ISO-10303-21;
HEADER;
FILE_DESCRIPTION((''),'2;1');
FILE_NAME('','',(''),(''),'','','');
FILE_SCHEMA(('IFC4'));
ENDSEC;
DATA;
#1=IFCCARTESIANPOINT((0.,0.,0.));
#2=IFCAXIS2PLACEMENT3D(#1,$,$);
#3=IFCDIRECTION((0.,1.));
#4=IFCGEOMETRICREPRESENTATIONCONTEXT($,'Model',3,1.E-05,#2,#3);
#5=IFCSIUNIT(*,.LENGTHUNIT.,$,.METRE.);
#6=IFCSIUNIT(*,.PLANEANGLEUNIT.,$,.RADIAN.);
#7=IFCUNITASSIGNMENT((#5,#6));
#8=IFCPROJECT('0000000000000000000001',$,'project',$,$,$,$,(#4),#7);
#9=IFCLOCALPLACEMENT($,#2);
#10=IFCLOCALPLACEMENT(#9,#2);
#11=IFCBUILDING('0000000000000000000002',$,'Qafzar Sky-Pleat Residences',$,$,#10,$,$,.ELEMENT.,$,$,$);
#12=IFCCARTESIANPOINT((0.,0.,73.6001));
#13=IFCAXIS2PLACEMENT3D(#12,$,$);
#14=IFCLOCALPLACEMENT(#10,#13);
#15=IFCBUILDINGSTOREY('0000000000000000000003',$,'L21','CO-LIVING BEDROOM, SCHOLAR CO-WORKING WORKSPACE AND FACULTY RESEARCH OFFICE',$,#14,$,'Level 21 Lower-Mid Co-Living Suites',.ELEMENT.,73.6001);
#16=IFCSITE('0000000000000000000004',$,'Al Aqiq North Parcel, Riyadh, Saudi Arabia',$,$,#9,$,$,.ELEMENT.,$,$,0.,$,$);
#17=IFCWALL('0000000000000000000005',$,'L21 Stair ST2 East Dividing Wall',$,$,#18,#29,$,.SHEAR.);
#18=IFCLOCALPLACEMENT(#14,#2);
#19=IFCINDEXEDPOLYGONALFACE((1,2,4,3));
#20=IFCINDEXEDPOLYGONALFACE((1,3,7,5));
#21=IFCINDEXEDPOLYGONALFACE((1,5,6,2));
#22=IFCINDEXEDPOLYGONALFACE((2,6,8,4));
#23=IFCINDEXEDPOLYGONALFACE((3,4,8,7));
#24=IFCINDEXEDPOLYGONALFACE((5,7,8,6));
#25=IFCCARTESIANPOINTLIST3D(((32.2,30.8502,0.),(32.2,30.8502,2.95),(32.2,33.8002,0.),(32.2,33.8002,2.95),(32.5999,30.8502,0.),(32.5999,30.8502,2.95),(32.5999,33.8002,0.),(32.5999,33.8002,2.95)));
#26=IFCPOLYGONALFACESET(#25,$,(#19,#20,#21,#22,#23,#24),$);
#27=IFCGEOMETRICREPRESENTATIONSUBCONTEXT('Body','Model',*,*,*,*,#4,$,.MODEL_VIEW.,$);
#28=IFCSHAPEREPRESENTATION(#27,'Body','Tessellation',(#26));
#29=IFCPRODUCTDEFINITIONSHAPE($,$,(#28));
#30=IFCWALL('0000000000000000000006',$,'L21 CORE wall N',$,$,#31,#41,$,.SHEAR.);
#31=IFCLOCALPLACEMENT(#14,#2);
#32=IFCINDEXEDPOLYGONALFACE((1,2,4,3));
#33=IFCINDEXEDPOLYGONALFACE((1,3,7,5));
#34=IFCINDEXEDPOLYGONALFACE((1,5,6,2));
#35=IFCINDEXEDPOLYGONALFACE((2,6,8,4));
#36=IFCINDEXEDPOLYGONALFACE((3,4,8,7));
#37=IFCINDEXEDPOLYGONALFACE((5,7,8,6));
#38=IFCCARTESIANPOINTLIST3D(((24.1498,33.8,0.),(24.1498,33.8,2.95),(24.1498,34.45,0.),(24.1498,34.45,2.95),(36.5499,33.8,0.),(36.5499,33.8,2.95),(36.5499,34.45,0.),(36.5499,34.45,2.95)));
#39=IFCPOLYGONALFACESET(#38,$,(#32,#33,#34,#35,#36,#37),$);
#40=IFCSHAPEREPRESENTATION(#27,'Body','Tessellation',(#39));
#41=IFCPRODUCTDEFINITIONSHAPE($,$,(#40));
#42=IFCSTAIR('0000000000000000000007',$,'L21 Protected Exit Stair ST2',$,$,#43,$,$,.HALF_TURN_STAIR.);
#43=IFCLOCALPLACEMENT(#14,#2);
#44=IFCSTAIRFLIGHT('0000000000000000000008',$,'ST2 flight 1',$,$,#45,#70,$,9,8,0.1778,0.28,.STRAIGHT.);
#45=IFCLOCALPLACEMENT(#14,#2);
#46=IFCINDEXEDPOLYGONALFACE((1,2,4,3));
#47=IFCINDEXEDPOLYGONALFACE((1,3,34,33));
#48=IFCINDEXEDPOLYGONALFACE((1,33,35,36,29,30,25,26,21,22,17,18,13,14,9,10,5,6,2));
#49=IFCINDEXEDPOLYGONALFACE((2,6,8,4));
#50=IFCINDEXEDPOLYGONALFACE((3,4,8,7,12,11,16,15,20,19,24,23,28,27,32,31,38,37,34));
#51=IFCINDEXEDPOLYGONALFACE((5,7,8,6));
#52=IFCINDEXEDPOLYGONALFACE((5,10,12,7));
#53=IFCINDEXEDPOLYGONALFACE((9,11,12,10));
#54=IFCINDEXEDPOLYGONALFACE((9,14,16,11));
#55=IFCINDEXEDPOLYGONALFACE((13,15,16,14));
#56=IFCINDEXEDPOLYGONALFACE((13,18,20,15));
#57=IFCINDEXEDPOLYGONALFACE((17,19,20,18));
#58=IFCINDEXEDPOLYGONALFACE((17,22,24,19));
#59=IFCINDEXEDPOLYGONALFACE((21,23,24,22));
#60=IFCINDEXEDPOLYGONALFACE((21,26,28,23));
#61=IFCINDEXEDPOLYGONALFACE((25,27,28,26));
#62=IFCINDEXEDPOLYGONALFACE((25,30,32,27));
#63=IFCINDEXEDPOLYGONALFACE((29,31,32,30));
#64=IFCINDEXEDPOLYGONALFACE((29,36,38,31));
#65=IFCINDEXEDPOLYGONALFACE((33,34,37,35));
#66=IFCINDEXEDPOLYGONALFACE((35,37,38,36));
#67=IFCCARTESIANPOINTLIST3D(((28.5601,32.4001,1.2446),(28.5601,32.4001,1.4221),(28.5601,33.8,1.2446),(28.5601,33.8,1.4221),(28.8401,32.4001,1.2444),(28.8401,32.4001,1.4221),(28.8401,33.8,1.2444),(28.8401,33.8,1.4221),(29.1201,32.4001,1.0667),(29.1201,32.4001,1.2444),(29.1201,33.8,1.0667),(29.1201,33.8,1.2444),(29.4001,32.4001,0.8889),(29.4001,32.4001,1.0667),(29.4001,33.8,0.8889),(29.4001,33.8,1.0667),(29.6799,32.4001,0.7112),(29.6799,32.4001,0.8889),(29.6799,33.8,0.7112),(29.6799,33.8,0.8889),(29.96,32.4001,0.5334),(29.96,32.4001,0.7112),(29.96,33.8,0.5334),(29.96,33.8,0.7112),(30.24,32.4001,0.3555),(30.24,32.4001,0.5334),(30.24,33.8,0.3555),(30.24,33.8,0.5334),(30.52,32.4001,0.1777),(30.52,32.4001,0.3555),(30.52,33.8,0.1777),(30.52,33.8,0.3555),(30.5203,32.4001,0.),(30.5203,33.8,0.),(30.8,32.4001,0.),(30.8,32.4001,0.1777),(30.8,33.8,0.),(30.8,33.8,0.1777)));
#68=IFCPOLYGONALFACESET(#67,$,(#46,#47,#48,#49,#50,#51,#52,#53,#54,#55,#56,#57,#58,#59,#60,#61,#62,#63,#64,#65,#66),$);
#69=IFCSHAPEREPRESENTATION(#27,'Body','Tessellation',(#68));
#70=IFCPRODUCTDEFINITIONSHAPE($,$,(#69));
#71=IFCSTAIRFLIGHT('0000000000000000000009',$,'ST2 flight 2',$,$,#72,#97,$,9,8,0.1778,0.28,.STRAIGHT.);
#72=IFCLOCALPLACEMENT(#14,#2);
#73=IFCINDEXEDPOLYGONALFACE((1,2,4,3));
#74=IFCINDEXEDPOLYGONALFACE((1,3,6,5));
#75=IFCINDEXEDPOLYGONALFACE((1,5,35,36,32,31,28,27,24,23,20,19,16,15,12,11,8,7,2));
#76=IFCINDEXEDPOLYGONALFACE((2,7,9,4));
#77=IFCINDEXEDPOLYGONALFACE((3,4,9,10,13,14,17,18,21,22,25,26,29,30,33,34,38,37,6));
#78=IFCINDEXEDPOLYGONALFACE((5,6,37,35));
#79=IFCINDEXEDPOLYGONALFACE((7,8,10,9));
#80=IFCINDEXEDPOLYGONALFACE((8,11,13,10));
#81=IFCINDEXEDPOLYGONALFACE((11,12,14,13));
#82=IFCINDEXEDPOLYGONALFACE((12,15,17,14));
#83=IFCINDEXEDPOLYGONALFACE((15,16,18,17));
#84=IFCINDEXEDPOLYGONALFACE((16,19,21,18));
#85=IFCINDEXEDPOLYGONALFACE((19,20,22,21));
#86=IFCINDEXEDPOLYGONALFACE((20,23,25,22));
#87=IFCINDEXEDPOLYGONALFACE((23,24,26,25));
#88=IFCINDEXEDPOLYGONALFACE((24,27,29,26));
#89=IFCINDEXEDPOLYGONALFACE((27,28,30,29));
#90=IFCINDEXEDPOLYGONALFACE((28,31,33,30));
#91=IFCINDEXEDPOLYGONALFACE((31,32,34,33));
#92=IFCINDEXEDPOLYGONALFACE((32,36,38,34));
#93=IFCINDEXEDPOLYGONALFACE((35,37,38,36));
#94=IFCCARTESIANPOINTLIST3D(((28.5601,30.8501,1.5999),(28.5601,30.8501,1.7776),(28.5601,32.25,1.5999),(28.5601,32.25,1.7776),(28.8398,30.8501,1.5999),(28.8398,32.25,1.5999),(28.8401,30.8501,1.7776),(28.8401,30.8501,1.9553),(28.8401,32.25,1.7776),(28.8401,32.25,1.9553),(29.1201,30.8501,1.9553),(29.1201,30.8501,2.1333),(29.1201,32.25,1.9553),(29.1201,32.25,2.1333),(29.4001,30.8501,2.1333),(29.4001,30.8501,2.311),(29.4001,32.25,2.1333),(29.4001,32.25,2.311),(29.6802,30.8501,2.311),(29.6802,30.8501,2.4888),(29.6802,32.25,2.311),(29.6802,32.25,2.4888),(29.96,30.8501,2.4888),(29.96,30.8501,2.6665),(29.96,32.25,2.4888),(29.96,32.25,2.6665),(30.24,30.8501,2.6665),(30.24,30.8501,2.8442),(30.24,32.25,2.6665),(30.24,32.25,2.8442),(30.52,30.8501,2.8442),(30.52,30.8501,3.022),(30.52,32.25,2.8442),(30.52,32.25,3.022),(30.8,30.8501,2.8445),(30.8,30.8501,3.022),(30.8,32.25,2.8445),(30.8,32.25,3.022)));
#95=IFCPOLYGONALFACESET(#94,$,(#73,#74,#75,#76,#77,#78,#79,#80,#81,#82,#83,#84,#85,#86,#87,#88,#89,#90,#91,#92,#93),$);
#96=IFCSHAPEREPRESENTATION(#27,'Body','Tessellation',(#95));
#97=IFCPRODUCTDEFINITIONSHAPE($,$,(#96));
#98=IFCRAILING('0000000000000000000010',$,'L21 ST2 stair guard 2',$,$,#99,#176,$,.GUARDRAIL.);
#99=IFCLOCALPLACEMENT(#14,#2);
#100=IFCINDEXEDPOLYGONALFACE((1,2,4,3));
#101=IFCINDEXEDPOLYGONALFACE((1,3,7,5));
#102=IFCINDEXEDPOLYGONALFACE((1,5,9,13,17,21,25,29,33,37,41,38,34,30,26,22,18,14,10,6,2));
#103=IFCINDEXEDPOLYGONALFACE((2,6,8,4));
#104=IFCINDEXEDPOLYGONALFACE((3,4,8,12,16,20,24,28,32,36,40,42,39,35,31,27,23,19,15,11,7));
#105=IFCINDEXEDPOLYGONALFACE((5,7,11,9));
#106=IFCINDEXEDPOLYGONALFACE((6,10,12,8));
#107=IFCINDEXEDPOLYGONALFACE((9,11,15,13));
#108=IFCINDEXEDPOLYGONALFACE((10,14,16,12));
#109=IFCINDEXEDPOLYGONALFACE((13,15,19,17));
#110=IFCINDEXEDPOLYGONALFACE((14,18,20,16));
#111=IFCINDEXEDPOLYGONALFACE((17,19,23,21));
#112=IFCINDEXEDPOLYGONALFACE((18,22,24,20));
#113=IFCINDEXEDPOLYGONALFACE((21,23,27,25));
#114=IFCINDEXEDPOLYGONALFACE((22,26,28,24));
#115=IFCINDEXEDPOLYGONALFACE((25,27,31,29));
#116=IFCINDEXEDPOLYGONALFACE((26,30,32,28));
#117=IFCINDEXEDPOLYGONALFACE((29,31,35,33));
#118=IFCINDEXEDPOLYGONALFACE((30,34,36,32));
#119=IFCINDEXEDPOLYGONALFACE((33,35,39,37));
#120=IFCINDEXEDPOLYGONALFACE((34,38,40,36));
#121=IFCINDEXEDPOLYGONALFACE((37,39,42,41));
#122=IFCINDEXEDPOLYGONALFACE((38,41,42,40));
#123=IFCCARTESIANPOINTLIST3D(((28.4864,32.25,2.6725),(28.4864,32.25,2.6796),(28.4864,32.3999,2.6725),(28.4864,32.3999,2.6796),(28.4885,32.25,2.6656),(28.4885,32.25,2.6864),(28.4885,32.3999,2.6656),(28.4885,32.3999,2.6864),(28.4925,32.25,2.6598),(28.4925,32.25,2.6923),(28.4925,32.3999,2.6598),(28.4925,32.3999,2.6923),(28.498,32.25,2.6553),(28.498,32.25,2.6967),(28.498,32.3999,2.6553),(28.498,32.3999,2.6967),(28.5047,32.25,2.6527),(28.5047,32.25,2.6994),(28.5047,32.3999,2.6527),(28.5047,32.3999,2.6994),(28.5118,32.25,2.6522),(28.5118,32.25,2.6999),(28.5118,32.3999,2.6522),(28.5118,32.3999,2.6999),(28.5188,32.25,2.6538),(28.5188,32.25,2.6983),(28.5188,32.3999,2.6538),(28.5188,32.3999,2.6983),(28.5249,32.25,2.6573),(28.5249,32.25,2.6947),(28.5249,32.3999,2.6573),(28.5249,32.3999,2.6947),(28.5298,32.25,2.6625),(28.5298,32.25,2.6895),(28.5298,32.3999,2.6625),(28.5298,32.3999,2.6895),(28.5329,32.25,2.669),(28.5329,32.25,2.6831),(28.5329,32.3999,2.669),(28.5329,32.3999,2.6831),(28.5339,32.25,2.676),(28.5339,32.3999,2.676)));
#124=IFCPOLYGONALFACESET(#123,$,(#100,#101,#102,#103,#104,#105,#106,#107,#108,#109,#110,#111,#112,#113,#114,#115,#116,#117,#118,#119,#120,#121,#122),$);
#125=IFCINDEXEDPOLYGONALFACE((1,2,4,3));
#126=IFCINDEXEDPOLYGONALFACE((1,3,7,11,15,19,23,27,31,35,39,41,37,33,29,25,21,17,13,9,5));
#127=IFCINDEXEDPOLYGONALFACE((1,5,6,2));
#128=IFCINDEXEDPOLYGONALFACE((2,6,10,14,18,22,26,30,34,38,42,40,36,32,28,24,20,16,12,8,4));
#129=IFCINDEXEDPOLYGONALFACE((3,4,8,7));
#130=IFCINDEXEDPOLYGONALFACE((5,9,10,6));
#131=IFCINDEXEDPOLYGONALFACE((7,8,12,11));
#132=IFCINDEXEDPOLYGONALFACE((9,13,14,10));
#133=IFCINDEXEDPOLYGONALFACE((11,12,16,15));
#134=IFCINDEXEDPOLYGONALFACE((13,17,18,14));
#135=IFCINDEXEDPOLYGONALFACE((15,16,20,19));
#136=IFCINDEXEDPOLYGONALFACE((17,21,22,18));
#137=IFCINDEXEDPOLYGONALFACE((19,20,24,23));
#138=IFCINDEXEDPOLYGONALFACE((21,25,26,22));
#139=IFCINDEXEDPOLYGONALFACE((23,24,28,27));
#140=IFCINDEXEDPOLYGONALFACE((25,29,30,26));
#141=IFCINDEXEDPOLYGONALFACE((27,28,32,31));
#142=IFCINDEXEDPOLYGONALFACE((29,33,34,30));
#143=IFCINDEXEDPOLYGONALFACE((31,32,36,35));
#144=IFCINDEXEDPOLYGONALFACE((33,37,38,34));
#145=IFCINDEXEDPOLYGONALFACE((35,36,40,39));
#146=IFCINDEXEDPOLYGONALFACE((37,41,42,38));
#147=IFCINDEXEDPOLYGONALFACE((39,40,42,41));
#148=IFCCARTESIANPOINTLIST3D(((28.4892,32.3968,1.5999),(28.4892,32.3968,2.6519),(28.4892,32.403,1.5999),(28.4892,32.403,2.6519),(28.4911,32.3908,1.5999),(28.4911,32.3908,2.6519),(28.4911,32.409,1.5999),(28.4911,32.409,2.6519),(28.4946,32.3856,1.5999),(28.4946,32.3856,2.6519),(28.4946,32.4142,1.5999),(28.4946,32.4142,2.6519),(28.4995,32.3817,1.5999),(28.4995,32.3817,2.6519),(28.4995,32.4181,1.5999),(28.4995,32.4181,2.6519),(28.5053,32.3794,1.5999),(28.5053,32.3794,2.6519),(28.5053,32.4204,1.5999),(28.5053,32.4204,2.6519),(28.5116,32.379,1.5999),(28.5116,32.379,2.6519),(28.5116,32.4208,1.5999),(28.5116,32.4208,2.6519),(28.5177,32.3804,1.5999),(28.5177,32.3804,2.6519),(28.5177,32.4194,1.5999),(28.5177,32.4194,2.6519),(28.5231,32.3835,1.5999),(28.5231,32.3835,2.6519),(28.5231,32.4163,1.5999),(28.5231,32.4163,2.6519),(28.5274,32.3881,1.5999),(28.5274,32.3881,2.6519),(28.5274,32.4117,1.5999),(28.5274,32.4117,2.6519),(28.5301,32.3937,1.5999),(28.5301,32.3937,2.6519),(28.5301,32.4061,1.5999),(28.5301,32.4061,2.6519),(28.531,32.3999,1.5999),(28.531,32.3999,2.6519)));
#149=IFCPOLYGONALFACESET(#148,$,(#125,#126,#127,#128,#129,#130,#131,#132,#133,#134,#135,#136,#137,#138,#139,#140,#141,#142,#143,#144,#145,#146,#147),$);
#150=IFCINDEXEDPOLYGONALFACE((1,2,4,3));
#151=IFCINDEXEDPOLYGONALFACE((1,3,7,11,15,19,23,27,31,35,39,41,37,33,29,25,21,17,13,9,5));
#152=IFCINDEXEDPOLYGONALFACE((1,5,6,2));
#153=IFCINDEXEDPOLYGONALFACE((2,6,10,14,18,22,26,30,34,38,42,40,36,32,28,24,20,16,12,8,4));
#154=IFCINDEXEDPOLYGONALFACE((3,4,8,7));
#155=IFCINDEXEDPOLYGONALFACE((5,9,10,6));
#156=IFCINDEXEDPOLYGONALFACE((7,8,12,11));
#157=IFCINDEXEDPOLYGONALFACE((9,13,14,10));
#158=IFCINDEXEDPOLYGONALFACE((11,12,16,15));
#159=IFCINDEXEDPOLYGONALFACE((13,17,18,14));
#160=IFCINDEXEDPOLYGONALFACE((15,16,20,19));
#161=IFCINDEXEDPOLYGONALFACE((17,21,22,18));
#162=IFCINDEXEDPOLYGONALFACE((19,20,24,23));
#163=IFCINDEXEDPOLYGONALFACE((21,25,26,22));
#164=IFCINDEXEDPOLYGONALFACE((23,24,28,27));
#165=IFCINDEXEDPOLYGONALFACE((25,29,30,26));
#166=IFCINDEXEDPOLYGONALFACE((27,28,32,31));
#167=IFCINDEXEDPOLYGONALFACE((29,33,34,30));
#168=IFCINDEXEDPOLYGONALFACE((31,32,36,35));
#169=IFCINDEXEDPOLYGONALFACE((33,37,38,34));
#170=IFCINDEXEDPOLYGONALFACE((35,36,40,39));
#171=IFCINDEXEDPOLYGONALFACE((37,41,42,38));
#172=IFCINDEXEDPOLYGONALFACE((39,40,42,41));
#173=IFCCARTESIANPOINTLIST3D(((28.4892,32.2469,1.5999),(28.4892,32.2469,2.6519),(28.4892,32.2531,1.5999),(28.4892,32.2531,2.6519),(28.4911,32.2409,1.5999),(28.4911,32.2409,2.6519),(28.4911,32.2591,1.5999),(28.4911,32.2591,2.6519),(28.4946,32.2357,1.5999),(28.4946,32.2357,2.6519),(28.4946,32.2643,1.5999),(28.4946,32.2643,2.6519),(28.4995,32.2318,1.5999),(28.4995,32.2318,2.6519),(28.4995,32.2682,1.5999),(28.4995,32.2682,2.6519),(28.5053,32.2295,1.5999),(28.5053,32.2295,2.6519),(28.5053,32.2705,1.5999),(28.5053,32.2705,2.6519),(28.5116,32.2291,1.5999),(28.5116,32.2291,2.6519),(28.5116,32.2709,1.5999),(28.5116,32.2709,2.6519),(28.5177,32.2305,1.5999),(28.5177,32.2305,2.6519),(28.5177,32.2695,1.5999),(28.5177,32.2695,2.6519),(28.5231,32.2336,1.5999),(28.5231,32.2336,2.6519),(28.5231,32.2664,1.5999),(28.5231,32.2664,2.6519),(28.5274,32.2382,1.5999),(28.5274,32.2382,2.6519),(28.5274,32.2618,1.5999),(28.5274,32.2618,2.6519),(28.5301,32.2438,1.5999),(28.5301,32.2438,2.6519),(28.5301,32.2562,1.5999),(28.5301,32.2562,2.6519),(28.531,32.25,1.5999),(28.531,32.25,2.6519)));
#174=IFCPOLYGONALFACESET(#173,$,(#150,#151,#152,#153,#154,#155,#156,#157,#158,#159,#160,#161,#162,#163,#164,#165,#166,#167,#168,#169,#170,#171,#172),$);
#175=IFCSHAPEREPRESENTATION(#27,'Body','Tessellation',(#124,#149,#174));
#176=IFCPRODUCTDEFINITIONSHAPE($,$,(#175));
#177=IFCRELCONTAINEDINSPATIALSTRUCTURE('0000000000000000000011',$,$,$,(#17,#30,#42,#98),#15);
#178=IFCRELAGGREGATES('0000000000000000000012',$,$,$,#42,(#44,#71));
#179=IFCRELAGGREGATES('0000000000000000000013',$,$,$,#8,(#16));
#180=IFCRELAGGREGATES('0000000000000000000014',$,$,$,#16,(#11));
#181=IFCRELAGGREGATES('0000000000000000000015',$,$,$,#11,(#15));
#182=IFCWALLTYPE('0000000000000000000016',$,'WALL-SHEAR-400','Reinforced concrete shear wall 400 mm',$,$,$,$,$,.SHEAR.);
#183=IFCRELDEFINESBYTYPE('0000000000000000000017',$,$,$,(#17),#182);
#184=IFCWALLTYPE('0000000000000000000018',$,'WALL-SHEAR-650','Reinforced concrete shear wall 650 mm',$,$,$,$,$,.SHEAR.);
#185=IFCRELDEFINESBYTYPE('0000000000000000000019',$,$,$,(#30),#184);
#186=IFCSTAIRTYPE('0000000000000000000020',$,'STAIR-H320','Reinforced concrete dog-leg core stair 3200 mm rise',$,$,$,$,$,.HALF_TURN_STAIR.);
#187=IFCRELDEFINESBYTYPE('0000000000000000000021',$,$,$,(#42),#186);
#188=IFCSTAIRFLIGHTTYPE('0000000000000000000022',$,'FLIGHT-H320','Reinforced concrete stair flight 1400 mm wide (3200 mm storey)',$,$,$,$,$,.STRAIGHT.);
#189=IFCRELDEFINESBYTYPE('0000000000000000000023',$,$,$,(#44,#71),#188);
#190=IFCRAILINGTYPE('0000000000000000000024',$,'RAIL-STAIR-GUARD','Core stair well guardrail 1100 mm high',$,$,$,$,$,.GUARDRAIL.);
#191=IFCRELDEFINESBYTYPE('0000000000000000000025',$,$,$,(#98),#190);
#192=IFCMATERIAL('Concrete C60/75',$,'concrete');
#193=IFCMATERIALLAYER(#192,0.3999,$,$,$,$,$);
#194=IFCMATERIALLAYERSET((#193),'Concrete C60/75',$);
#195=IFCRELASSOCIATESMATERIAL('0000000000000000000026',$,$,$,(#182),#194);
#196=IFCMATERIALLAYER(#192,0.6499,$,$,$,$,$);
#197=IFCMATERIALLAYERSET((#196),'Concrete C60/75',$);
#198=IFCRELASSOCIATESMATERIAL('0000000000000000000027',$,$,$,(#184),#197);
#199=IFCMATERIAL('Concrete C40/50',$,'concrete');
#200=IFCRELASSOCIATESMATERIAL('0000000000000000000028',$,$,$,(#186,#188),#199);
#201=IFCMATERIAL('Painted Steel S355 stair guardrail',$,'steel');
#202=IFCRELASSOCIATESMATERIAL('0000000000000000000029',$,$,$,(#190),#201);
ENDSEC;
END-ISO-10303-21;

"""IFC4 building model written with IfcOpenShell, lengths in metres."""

from ifc_helpers import new_model, si_unit, direction, frame, frame_2d, origin, origin_2d, place, context, subcontext, project, spatial, polyline, rectangle, circle, outline, extrude, source, transform, mapped, material, layer, layer_set, type_object, element, aggregate, save


model = new_model("IFC4")

# Units and contexts
model_context = context("Model", 3, precision=1e-05, world=origin(), true_north=direction((0.0, 1.0)))
body_context = subcontext(model_context, "Body", "Model", "MODEL_VIEW")
ifc_project = project(units=[si_unit("LENGTHUNIT", "METRE"), si_unit("PLANEANGLEUNIT", "RADIAN")], contexts=[model_context])

# Site, building, storey
site_placement = place(None, origin())
site = spatial("IfcSite", under=ifc_project, at=site_placement, Name="Al Aqiq North Parcel, Riyadh, Saudi Arabia", CompositionType="ELEMENT", RefElevation=0.0)
building_placement = place(site_placement, origin())
building = spatial("IfcBuilding", under=site, at=building_placement, Name="Qafzar Sky-Pleat Residences", CompositionType="ELEMENT")
storey_placement = place(building_placement, frame((0.0, 0.0, 73.6001)))
storey = spatial("IfcBuildingStorey", under=building, at=storey_placement, Name="L21", Description="CO-LIVING BEDROOM, SCHOLAR CO-WORKING WORKSPACE AND FACULTY RESEARCH OFFICE", LongName="Level 21 Lower-Mid Co-Living Suites", CompositionType="ELEMENT", Elevation=73.6001)

# Walls
ifc_material_1 = material(Name="Concrete C60/75", Category="concrete")
ifc_layer_1 = layer(ifc_material_1, 0.3999)
ifc_layer_set_1 = layer_set([ifc_layer_1], Name="Concrete C60/75")
wall_type_1 = type_object("IfcWallType", Name="WALL-SHEAR-400", Description="Reinforced concrete shear wall 400 mm", PredefinedType="SHEAR", material=ifc_layer_set_1)
wall_1_placement = place(storey_placement, frame((32.3999, 30.8501, 0.0), z_axis=(0.0, 0.0, 1.0), x_axis=(0.0, 1.0, 0.0)))
element("IfcWall", 1, at=wall_1_placement, inside=storey, type_object=wall_type_1, Name="L21 Stair ST2 East Dividing Wall", PredefinedType="SHEAR", context=body_context, shape_type="SweptSolid", body=[
    extrude(rectangle(XDim=2.95, YDim=0.3999, at=frame_2d((1.4751, 0.0))), origin(), (0.0, 0.0, 1.0), 2.95),
])
ifc_layer_2 = layer(ifc_material_1, 0.6499)
ifc_layer_set_2 = layer_set([ifc_layer_2], Name="Concrete C60/75")
wall_type_2 = type_object("IfcWallType", Name="WALL-SHEAR-650", Description="Reinforced concrete shear wall 650 mm", PredefinedType="SHEAR", material=ifc_layer_set_2)
wall_2_placement = place(storey_placement, frame((36.55, 34.125, 0.0), z_axis=(0.0, 0.0, 1.0), x_axis=(-1.0, 0.0, 0.0)))
element("IfcWall", 2, at=wall_2_placement, inside=storey, type_object=wall_type_2, Name="L21 CORE wall N", PredefinedType="SHEAR", context=body_context, shape_type="SweptSolid", body=[
    extrude(rectangle(XDim=12.4001, YDim=0.6499, at=frame_2d((6.2002, 0.0))), origin(), (0.0, 0.0, 1.0), 2.95),
])

# Stair, stair flights
ifc_material_2 = material(Name="Concrete C40/50", Category="concrete")
stair_type = type_object("IfcStairType", Name="STAIR-H320", Description="Reinforced concrete dog-leg core stair 3200 mm rise", PredefinedType="HALF_TURN_STAIR", material=ifc_material_2)
stair_placement = place(storey_placement, origin())
stair = element("IfcStair", 3, at=stair_placement, inside=storey, type_object=stair_type, Name="L21 Protected Exit Stair ST2", PredefinedType="HALF_TURN_STAIR")
stair_flight_type = type_object("IfcStairFlightType", Name="FLIGHT-H320", Description="Reinforced concrete stair flight 1400 mm wide (3200 mm storey)", PredefinedType="STRAIGHT", material=ifc_material_2)
shared_shape_1 = source(origin(), body_context, "Body", "SweptSolid", [
    extrude(outline(polyline([(0.0, 0.0), (0.0, 0.1777), (0.28, 0.1777), (0.28, 0.3555), (0.5601, 0.3555), (0.5601, 0.5334), (0.8401, 0.5334), (0.8401, 0.7112), (1.1201, 0.7112), (1.1201, 0.8889), (1.3999, 0.8889), (1.3999, 1.0667), (1.6799, 1.0667), (1.6799, 1.2444), (1.96, 1.2444), (1.96, 1.4221), (2.24, 1.4221), (2.24, 1.6001), (2.24, 1.2446), (0.2798, 0.0), (0.0, 0.0)])), frame((0.0, 0.7, 0.0), z_axis=(0.0, -1.0, 0.0), x_axis=(1.0, 0.0, 0.0)), (0.0, 0.0, 1.0), 1.3999),
])
stair_flight_1_placement = place(storey_placement, frame((30.8, 33.1001, 0.0), z_axis=(0.0, 0.0, 1.0), x_axis=(-1.0, 0.0, 0.0)))
stair_flight_1 = element("IfcStairFlight", 4, at=stair_flight_1_placement, type_object=stair_flight_type, Name="ST2 flight 1", NumberOfRisers=9, NumberOfTreads=8, PredefinedType="STRAIGHT", RiserHeight=0.1778, TreadLength=0.28, context=body_context, shape_type="MappedRepresentation", body=[
    mapped(shared_shape_1, transform((0.0, 0.0, 0.0), x_axis=(1.0, 0.0, 0.0), y_axis=(0.0, 1.0, 0.0), z_axis=(0.0, 0.0, 1.0), scale=1.0)),
])
stair_flight_2_placement = place(storey_placement, frame((28.5601, 31.55, 1.5999), z_axis=(0.0, 0.0, 1.0), x_axis=(1.0, 0.0, 0.0)))
stair_flight_2 = element("IfcStairFlight", 5, at=stair_flight_2_placement, type_object=stair_flight_type, Name="ST2 flight 2", NumberOfRisers=9, NumberOfTreads=8, PredefinedType="STRAIGHT", RiserHeight=0.1778, TreadLength=0.28, context=body_context, shape_type="MappedRepresentation", body=[
    mapped(shared_shape_1, transform((0.0, 0.0, 0.0), x_axis=(1.0, 0.0, 0.0), y_axis=(0.0, 1.0, 0.0), z_axis=(0.0, 0.0, 1.0), scale=1.0)),
])
aggregate(stair, [stair_flight_1, stair_flight_2])

# Railing
ifc_material_3 = material(Name="Painted Steel S355 stair guardrail", Category="steel")
railing_type_1 = type_object("IfcRailingType", Name="RAIL-STAIR-GUARD", Description="Core stair well guardrail 1100 mm high", PredefinedType="GUARDRAIL", material=ifc_material_3)
shared_shape_2 = source(origin(), body_context, "Body", "SweptSolid", [
    extrude(circle(Radius=0.0239, at=origin_2d()), frame((0.0, 0.0, 1.0762), z_axis=(0.0, -1.0, 0.0), x_axis=(1.0, 0.0, 0.0)), (0.0, 0.0, 1.0), 0.1499),
    extrude(circle(Radius=0.021, at=origin_2d()), origin(), (0.0, 0.0, 1.0), 1.052),
    extrude(circle(Radius=0.021, at=origin_2d()), frame((0.0, -0.1499, 0.0)), (0.0, 0.0, 1.0), 1.052),
])
for number, where, name in (
    (6, (28.51, 32.3999, 1.5999), "L21 ST2 stair guard 2"),
):
    element("IfcRailing", number, at=place(storey_placement, frame(where)), inside=storey, type_object=railing_type_1, Name=name, PredefinedType="GUARDRAIL", context=body_context, shape_type="MappedRepresentation", body=[
        mapped(shared_shape_2, transform((0.0, 0.0, 0.0), x_axis=(1.0, 0.0, 0.0), y_axis=(0.0, 1.0, 0.0), z_axis=(0.0, 0.0, 1.0), scale=1.0)),
    ])

save(model, "model.ifc")
